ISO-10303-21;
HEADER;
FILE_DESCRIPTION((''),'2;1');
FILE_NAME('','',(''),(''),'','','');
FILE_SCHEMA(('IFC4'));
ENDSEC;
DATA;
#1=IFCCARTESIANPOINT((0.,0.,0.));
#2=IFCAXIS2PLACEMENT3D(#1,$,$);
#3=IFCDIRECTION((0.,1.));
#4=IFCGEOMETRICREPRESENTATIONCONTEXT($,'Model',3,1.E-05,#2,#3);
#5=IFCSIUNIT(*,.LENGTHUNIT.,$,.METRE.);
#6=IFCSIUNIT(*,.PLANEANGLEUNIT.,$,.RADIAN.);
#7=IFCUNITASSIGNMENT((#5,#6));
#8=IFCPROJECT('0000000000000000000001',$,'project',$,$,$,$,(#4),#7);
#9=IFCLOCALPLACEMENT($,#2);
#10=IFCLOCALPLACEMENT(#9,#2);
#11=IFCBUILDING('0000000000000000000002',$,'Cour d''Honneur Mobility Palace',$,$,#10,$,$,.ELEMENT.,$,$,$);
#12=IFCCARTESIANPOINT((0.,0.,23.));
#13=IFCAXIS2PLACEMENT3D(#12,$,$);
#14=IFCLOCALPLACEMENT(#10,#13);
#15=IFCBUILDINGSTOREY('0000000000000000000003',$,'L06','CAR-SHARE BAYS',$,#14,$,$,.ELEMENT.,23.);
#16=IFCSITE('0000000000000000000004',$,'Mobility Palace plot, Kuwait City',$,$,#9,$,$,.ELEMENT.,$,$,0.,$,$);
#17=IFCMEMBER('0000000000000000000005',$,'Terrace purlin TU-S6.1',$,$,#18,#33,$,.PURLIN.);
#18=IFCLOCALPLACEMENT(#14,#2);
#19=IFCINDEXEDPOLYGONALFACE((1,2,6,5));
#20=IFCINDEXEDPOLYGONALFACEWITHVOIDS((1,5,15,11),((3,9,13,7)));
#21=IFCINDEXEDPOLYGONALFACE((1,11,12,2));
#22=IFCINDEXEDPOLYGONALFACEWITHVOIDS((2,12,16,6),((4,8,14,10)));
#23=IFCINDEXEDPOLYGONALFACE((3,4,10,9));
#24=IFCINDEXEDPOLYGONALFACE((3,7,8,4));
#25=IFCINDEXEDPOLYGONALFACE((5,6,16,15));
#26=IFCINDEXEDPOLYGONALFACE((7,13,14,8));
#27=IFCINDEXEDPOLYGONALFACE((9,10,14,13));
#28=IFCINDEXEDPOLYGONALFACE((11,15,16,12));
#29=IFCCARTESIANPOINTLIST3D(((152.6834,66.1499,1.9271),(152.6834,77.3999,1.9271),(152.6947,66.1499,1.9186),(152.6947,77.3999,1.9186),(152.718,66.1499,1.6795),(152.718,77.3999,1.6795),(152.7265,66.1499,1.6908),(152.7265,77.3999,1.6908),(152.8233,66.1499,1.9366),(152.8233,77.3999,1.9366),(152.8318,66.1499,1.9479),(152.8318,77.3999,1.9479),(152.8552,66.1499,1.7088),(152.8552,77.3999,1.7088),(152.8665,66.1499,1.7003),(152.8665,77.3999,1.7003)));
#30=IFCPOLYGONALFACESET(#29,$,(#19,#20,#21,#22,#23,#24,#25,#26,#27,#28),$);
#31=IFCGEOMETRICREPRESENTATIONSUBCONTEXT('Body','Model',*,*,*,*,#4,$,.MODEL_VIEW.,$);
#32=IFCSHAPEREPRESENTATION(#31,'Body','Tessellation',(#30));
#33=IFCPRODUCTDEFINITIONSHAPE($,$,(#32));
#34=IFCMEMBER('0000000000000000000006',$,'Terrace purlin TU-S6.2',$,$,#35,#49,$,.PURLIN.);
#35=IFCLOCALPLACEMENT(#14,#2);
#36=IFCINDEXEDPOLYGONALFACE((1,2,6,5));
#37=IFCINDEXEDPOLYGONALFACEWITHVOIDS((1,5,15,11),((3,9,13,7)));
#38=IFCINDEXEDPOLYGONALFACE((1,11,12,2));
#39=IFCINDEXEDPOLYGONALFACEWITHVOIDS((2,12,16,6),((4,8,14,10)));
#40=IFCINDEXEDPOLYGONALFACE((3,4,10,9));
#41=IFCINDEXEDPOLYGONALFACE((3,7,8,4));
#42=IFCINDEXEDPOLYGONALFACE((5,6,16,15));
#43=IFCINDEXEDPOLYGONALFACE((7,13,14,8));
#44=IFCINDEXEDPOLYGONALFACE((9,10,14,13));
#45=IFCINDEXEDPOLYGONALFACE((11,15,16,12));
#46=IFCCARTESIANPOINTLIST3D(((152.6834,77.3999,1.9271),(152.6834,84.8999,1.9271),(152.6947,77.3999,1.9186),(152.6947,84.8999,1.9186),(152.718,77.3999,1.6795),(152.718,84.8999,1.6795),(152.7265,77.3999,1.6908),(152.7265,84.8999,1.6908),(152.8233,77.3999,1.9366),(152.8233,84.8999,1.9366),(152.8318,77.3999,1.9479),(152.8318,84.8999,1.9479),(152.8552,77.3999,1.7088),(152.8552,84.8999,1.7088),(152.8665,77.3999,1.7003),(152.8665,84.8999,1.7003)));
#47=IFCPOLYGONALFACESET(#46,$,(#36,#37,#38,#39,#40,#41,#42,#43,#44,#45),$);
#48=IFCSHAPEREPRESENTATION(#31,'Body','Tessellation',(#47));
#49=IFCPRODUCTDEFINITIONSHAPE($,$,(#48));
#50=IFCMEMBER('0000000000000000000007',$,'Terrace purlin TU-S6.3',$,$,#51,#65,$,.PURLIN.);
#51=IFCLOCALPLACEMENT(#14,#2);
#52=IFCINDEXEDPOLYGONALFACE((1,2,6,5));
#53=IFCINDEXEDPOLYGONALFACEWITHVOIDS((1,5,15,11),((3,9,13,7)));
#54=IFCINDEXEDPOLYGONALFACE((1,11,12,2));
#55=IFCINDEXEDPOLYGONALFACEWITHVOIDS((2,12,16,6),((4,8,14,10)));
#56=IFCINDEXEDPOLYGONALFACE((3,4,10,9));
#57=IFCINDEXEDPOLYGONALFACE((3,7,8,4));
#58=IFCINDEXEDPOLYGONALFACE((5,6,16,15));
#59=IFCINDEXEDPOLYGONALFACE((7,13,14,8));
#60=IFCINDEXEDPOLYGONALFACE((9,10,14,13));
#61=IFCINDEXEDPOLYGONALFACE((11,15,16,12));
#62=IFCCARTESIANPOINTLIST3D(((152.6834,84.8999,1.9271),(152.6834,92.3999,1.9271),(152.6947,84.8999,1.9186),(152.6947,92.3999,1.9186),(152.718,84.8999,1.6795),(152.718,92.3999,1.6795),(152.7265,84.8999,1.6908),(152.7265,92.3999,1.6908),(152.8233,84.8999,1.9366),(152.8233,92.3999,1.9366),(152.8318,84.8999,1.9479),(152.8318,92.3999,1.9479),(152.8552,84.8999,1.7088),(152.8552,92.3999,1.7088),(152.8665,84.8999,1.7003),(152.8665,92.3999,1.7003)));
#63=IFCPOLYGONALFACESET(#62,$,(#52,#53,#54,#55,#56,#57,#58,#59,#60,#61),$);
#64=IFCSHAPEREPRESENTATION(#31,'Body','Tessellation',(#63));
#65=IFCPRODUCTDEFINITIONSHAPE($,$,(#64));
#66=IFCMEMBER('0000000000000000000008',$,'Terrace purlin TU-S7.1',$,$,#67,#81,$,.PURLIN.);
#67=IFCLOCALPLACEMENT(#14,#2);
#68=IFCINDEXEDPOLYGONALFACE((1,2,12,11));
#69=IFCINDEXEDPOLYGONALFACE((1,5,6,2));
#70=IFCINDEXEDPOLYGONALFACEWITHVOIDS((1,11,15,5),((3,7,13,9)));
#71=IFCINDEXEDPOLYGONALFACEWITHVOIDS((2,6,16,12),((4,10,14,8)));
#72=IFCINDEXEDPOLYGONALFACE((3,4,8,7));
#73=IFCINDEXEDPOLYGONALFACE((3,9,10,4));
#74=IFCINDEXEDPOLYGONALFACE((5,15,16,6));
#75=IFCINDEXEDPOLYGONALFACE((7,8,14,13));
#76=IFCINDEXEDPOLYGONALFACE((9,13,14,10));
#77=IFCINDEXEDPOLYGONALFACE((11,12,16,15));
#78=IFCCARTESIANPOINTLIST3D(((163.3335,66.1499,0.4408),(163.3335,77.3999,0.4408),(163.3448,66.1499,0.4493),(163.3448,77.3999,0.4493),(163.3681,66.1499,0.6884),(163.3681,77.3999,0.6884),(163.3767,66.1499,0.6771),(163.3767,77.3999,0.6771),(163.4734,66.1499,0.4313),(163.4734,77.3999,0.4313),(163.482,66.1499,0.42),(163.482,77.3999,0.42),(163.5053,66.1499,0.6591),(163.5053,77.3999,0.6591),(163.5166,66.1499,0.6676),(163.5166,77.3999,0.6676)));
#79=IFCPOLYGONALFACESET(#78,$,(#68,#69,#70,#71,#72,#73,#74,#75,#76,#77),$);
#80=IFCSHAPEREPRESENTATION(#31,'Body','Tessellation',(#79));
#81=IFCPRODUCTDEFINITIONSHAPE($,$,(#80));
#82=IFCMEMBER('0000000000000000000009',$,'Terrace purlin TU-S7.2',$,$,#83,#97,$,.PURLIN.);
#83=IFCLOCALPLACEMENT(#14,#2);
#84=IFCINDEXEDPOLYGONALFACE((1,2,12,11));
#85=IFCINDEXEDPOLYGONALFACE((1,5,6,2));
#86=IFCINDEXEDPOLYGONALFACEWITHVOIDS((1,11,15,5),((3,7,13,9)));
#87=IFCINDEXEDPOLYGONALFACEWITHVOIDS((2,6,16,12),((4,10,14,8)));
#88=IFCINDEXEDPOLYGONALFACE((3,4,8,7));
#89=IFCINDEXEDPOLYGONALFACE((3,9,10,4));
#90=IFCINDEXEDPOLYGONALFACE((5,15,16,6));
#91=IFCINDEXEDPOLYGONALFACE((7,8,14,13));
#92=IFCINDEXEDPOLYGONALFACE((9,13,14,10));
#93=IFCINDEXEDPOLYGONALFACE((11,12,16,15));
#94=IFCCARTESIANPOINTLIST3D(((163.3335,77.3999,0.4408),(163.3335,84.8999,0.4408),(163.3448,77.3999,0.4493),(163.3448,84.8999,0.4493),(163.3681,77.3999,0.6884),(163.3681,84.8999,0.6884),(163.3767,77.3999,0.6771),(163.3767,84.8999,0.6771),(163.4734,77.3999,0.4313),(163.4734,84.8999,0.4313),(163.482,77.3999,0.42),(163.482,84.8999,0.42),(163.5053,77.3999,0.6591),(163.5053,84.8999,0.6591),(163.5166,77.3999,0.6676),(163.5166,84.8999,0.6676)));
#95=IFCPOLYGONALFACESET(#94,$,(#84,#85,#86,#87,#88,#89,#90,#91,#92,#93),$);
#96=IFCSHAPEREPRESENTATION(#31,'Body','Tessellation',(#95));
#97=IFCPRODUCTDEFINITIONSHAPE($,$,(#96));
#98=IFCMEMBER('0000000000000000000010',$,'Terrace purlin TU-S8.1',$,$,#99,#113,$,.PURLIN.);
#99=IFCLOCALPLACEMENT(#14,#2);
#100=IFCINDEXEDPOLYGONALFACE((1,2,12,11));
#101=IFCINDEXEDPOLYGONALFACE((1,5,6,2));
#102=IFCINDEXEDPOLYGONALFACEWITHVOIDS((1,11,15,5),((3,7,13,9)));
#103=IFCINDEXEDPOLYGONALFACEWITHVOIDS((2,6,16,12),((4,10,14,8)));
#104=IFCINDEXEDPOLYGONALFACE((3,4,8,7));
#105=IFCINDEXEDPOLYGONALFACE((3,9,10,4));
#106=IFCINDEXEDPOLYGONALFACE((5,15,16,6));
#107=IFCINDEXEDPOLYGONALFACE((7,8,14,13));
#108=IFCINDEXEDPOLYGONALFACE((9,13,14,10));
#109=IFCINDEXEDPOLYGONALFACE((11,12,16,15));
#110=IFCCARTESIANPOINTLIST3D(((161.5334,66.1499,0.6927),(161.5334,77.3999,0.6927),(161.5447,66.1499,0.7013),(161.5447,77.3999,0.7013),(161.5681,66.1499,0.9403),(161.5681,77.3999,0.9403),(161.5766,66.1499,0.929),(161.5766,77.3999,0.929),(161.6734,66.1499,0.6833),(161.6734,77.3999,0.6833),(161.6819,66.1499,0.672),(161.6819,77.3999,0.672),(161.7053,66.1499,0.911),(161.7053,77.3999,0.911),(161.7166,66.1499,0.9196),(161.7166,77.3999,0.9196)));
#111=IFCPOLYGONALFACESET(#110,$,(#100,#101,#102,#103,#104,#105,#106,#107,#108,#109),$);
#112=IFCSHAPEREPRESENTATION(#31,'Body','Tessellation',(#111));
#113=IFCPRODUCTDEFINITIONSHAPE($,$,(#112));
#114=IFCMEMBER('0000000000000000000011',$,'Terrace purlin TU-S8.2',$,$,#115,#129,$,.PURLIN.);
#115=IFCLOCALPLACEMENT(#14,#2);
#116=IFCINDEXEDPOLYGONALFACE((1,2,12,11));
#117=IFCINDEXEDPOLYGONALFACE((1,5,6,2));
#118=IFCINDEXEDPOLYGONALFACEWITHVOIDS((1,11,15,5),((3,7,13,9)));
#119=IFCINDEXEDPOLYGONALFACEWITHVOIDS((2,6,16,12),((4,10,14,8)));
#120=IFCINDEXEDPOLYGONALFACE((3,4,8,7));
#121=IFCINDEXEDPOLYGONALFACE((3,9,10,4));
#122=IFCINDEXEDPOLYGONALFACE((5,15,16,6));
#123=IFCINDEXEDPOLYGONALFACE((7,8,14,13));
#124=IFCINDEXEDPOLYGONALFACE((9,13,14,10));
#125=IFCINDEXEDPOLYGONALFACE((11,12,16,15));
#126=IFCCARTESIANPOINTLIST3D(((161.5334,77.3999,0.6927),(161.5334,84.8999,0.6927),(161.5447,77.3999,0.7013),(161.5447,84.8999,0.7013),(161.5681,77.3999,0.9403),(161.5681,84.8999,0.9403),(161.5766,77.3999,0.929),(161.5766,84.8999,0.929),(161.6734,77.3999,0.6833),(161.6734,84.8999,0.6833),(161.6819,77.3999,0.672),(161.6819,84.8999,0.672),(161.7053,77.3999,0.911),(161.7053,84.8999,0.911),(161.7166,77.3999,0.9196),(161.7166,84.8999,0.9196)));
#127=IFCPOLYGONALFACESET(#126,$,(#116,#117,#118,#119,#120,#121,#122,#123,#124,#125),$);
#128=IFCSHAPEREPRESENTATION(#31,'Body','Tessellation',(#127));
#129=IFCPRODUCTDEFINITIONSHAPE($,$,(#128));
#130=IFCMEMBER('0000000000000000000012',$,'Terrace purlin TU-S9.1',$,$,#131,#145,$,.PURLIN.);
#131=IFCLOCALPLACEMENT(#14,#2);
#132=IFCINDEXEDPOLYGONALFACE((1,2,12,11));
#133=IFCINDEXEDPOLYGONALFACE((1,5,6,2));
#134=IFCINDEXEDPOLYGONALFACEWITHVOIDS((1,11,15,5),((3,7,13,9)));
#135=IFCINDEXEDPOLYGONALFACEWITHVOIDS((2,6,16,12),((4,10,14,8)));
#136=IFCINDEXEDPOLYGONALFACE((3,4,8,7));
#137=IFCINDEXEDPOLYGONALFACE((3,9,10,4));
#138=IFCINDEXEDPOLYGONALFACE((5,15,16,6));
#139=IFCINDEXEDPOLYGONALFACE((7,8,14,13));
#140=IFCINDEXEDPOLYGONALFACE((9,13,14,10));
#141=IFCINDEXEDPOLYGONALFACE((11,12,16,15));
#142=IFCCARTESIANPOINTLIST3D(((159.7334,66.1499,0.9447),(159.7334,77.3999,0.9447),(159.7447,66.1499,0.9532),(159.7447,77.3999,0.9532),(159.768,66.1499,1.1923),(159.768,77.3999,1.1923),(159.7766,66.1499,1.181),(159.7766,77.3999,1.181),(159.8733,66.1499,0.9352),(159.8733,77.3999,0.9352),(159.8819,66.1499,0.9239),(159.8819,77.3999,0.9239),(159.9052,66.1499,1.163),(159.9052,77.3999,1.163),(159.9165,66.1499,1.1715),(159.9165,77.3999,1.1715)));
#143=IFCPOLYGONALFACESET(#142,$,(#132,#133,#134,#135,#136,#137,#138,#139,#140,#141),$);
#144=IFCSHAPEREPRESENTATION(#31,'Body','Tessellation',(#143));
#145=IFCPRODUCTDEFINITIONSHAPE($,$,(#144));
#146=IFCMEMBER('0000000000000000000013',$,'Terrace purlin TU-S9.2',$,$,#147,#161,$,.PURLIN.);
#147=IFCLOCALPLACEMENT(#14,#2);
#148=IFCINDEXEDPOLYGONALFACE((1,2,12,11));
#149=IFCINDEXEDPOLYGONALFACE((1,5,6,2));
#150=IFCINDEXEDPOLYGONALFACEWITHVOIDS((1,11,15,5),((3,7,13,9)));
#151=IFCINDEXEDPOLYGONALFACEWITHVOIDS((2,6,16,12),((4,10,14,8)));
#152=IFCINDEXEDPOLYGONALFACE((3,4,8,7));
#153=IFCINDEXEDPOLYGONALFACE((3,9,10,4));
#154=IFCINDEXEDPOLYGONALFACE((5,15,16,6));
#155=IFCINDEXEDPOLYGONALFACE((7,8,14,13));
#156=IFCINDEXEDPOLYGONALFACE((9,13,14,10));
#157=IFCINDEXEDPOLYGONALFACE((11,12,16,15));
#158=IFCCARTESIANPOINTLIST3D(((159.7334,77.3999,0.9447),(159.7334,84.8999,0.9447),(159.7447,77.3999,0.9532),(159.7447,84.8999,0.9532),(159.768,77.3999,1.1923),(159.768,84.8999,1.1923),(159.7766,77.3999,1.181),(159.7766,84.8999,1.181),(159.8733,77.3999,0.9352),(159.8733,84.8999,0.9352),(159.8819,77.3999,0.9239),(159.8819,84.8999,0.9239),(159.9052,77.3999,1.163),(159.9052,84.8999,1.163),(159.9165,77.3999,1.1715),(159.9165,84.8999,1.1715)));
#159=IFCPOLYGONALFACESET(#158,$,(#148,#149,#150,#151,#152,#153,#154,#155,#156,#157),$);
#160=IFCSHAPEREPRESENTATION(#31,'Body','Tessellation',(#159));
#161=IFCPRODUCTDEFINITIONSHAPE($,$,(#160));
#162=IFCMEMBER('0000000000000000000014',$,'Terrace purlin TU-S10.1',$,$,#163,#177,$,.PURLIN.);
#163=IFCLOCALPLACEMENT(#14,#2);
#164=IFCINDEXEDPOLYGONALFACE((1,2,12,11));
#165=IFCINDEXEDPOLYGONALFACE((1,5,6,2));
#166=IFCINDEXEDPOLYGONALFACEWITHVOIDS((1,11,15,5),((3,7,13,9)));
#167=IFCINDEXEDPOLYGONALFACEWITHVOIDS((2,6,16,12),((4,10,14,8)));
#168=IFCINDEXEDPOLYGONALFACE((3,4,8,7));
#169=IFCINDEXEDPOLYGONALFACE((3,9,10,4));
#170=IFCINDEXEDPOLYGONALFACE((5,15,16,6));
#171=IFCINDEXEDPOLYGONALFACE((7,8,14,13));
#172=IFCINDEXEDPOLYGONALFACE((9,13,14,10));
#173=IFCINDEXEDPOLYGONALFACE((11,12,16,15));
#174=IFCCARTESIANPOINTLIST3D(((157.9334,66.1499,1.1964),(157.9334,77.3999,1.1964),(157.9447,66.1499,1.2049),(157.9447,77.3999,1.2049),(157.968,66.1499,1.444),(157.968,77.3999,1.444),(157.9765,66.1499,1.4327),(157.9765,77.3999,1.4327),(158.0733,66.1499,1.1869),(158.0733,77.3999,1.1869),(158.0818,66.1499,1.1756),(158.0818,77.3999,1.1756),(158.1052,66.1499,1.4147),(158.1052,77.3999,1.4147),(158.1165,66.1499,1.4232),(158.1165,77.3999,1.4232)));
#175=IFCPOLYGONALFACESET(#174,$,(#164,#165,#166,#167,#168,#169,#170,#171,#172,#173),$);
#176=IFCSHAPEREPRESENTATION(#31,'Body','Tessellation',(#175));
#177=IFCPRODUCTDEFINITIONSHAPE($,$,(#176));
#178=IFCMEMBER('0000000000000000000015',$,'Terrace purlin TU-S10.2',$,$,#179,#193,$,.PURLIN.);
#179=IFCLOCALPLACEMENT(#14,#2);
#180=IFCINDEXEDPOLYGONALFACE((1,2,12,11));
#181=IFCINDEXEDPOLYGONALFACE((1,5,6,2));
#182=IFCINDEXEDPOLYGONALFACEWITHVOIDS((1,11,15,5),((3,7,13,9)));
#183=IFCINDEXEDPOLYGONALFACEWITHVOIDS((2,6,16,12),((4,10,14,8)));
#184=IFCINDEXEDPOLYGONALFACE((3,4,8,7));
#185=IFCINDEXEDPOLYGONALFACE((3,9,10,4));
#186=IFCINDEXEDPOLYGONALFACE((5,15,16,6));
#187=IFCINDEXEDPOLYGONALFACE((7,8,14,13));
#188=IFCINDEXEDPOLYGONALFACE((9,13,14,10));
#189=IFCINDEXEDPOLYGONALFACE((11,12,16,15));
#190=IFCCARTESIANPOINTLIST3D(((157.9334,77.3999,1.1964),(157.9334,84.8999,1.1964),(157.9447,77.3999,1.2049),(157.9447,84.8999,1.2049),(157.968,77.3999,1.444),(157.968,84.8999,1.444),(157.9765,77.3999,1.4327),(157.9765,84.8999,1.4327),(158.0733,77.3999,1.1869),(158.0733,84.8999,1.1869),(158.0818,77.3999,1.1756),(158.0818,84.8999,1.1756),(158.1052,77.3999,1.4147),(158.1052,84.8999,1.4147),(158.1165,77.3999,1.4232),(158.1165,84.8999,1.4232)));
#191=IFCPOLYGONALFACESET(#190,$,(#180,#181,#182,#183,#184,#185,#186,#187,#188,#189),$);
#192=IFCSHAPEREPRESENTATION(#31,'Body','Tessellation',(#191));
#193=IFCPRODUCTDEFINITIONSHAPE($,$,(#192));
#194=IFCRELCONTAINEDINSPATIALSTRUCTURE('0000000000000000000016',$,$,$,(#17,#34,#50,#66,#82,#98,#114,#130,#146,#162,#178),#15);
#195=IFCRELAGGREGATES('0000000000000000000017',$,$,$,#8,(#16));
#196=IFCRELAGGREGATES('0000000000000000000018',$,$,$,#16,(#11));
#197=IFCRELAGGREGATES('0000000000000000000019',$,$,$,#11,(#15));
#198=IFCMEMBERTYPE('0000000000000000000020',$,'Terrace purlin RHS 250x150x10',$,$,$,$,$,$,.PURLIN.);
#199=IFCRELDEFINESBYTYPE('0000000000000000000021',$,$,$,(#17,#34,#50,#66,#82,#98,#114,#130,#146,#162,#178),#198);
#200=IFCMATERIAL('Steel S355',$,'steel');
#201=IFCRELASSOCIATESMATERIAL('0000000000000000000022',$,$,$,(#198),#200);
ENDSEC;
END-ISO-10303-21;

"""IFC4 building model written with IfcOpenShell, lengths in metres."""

from ifc_helpers import new_model, si_unit, direction, frame, origin, origin_2d, place, context, subcontext, project, spatial, hollow_rectangle, extrude, material, material_profile, profile_set, type_object, element, save


model = new_model("IFC4")

# Units and contexts
model_context = context("Model", 3, precision=1e-05, world=origin(), true_north=direction((0.0, 1.0)))
body_context = subcontext(model_context, "Body", "Model", "MODEL_VIEW")
ifc_project = project(units=[si_unit("LENGTHUNIT", "METRE"), si_unit("PLANEANGLEUNIT", "RADIAN")], contexts=[model_context])

# Site, building, storey
site_placement = place(None, origin())
site = spatial("IfcSite", under=ifc_project, at=site_placement, Name="Mobility Palace plot, Kuwait City", CompositionType="ELEMENT", RefElevation=0.0)
building_placement = place(site_placement, origin())
building = spatial("IfcBuilding", under=site, at=building_placement, Name="Cour d'Honneur Mobility Palace", CompositionType="ELEMENT")
storey_placement = place(building_placement, frame((0.0, 0.0, 23.0)))
storey = spatial("IfcBuildingStorey", under=building, at=storey_placement, Name="L06", Description="CAR-SHARE BAYS", CompositionType="ELEMENT", Elevation=23.0)

# Members
ifc_material_1 = material(Name="Steel S355", Category="steel")
ifc_material_profile_1 = material_profile(ifc_material_1, hollow_rectangle(XDim=0.1499, YDim=0.25, WallThickness=0.01, at=origin_2d()), Name="RHS 250x150x10")
ifc_profile_set_1 = profile_set([ifc_material_profile_1], Name="Steel S355")
member_type_1 = type_object("IfcMemberType", Name="Terrace purlin RHS 250x150x10", PredefinedType="PURLIN", material=ifc_profile_set_1)
member_1_placement = place(storey_placement, frame((152.7749, 66.1499, 1.8137), z_axis=(0.0, 1.0, 0.0), x_axis=(-0.99035, 0.0, -0.138591)))
element("IfcMember", 1, at=member_1_placement, inside=storey, type_object=member_type_1, Name="Terrace purlin TU-S6.1", PredefinedType="PURLIN", context=body_context, shape_type="SweptSolid", body=[
    extrude(hollow_rectangle(XDim=0.1499, YDim=0.25, WallThickness=0.01, at=origin_2d()), origin(), (0.0, 0.0, 1.0), 11.25),
])
for number, where, z_axis, x_axis, name in (
    (2, (152.7749, 77.3999, 1.8137), (0.0, 1.0, 0.0), (-0.99035, 0.0, -0.138591), "Terrace purlin TU-S6.2"),
    (3, (152.7749, 84.8999, 1.8137), (0.0, 1.0, 0.0), (-0.99035, 0.0, -0.138591), "Terrace purlin TU-S6.3"),
):
    element("IfcMember", number, at=place(storey_placement, frame(where, z_axis=z_axis, x_axis=x_axis)), inside=storey, type_object=member_type_1, Name=name, PredefinedType="PURLIN", context=body_context, shape_type="SweptSolid", body=[
        extrude(hollow_rectangle(XDim=0.1499, YDim=0.25, WallThickness=0.01, at=origin_2d()), origin(), (0.0, 0.0, 1.0), 7.5),
    ])
member_2_placement = place(storey_placement, frame((163.425, 66.1499, 0.5542), z_axis=(0.0, 1.0, 0.0), x_axis=(-0.99035, 0.0, 0.138591)))
element("IfcMember", 4, at=member_2_placement, inside=storey, type_object=member_type_1, Name="Terrace purlin TU-S7.1", PredefinedType="PURLIN", context=body_context, shape_type="SweptSolid", body=[
    extrude(hollow_rectangle(XDim=0.1499, YDim=0.25, WallThickness=0.01, at=origin_2d()), origin(), (0.0, 0.0, 1.0), 11.25),
])
member_3_placement = place(storey_placement, frame((163.425, 77.3999, 0.5542), z_axis=(0.0, 1.0, 0.0), x_axis=(-0.99035, 0.0, 0.138591)))
element("IfcMember", 5, at=member_3_placement, inside=storey, type_object=member_type_1, Name="Terrace purlin TU-S7.2", PredefinedType="PURLIN", context=body_context, shape_type="SweptSolid", body=[
    extrude(hollow_rectangle(XDim=0.1499, YDim=0.25, WallThickness=0.01, at=origin_2d()), origin(), (0.0, 0.0, 1.0), 7.5),
])
member_4_placement = place(storey_placement, frame((161.625, 66.1499, 0.8062), z_axis=(0.0, 1.0, 0.0), x_axis=(-0.99035, 0.0, 0.138591)))
element("IfcMember", 6, at=member_4_placement, inside=storey, type_object=member_type_1, Name="Terrace purlin TU-S8.1", PredefinedType="PURLIN", context=body_context, shape_type="SweptSolid", body=[
    extrude(hollow_rectangle(XDim=0.1499, YDim=0.25, WallThickness=0.01, at=origin_2d()), origin(), (0.0, 0.0, 1.0), 11.25),
])
member_5_placement = place(storey_placement, frame((161.625, 77.3999, 0.8062), z_axis=(0.0, 1.0, 0.0), x_axis=(-0.99035, 0.0, 0.138591)))
element("IfcMember", 7, at=member_5_placement, inside=storey, type_object=member_type_1, Name="Terrace purlin TU-S8.2", PredefinedType="PURLIN", context=body_context, shape_type="SweptSolid", body=[
    extrude(hollow_rectangle(XDim=0.1499, YDim=0.25, WallThickness=0.01, at=origin_2d()), origin(), (0.0, 0.0, 1.0), 7.5),
])
member_6_placement = place(storey_placement, frame((159.825, 66.1499, 1.0581), z_axis=(0.0, 1.0, 0.0), x_axis=(-0.99035, 0.0, 0.138591)))
element("IfcMember", 8, at=member_6_placement, inside=storey, type_object=member_type_1, Name="Terrace purlin TU-S9.1", PredefinedType="PURLIN", context=body_context, shape_type="SweptSolid", body=[
    extrude(hollow_rectangle(XDim=0.1499, YDim=0.25, WallThickness=0.01, at=origin_2d()), origin(), (0.0, 0.0, 1.0), 11.25),
])
member_7_placement = place(storey_placement, frame((159.825, 77.3999, 1.0581), z_axis=(0.0, 1.0, 0.0), x_axis=(-0.99035, 0.0, 0.138591)))
element("IfcMember", 9, at=member_7_placement, inside=storey, type_object=member_type_1, Name="Terrace purlin TU-S9.2", PredefinedType="PURLIN", context=body_context, shape_type="SweptSolid", body=[
    extrude(hollow_rectangle(XDim=0.1499, YDim=0.25, WallThickness=0.01, at=origin_2d()), origin(), (0.0, 0.0, 1.0), 7.5),
])
member_8_placement = place(storey_placement, frame((158.0249, 66.1499, 1.3098), z_axis=(0.0, 1.0, 0.0), x_axis=(-0.99035, 0.0, 0.138591)))
element("IfcMember", 10, at=member_8_placement, inside=storey, type_object=member_type_1, Name="Terrace purlin TU-S10.1", PredefinedType="PURLIN", context=body_context, shape_type="SweptSolid", body=[
    extrude(hollow_rectangle(XDim=0.1499, YDim=0.25, WallThickness=0.01, at=origin_2d()), origin(), (0.0, 0.0, 1.0), 11.25),
])
member_9_placement = place(storey_placement, frame((158.0249, 77.3999, 1.3098), z_axis=(0.0, 1.0, 0.0), x_axis=(-0.99035, 0.0, 0.138591)))
element("IfcMember", 11, at=member_9_placement, inside=storey, type_object=member_type_1, Name="Terrace purlin TU-S10.2", PredefinedType="PURLIN", context=body_context, shape_type="SweptSolid", body=[
    extrude(hollow_rectangle(XDim=0.1499, YDim=0.25, WallThickness=0.01, at=origin_2d()), origin(), (0.0, 0.0, 1.0), 7.5),
])

save(model, "model.ifc")
